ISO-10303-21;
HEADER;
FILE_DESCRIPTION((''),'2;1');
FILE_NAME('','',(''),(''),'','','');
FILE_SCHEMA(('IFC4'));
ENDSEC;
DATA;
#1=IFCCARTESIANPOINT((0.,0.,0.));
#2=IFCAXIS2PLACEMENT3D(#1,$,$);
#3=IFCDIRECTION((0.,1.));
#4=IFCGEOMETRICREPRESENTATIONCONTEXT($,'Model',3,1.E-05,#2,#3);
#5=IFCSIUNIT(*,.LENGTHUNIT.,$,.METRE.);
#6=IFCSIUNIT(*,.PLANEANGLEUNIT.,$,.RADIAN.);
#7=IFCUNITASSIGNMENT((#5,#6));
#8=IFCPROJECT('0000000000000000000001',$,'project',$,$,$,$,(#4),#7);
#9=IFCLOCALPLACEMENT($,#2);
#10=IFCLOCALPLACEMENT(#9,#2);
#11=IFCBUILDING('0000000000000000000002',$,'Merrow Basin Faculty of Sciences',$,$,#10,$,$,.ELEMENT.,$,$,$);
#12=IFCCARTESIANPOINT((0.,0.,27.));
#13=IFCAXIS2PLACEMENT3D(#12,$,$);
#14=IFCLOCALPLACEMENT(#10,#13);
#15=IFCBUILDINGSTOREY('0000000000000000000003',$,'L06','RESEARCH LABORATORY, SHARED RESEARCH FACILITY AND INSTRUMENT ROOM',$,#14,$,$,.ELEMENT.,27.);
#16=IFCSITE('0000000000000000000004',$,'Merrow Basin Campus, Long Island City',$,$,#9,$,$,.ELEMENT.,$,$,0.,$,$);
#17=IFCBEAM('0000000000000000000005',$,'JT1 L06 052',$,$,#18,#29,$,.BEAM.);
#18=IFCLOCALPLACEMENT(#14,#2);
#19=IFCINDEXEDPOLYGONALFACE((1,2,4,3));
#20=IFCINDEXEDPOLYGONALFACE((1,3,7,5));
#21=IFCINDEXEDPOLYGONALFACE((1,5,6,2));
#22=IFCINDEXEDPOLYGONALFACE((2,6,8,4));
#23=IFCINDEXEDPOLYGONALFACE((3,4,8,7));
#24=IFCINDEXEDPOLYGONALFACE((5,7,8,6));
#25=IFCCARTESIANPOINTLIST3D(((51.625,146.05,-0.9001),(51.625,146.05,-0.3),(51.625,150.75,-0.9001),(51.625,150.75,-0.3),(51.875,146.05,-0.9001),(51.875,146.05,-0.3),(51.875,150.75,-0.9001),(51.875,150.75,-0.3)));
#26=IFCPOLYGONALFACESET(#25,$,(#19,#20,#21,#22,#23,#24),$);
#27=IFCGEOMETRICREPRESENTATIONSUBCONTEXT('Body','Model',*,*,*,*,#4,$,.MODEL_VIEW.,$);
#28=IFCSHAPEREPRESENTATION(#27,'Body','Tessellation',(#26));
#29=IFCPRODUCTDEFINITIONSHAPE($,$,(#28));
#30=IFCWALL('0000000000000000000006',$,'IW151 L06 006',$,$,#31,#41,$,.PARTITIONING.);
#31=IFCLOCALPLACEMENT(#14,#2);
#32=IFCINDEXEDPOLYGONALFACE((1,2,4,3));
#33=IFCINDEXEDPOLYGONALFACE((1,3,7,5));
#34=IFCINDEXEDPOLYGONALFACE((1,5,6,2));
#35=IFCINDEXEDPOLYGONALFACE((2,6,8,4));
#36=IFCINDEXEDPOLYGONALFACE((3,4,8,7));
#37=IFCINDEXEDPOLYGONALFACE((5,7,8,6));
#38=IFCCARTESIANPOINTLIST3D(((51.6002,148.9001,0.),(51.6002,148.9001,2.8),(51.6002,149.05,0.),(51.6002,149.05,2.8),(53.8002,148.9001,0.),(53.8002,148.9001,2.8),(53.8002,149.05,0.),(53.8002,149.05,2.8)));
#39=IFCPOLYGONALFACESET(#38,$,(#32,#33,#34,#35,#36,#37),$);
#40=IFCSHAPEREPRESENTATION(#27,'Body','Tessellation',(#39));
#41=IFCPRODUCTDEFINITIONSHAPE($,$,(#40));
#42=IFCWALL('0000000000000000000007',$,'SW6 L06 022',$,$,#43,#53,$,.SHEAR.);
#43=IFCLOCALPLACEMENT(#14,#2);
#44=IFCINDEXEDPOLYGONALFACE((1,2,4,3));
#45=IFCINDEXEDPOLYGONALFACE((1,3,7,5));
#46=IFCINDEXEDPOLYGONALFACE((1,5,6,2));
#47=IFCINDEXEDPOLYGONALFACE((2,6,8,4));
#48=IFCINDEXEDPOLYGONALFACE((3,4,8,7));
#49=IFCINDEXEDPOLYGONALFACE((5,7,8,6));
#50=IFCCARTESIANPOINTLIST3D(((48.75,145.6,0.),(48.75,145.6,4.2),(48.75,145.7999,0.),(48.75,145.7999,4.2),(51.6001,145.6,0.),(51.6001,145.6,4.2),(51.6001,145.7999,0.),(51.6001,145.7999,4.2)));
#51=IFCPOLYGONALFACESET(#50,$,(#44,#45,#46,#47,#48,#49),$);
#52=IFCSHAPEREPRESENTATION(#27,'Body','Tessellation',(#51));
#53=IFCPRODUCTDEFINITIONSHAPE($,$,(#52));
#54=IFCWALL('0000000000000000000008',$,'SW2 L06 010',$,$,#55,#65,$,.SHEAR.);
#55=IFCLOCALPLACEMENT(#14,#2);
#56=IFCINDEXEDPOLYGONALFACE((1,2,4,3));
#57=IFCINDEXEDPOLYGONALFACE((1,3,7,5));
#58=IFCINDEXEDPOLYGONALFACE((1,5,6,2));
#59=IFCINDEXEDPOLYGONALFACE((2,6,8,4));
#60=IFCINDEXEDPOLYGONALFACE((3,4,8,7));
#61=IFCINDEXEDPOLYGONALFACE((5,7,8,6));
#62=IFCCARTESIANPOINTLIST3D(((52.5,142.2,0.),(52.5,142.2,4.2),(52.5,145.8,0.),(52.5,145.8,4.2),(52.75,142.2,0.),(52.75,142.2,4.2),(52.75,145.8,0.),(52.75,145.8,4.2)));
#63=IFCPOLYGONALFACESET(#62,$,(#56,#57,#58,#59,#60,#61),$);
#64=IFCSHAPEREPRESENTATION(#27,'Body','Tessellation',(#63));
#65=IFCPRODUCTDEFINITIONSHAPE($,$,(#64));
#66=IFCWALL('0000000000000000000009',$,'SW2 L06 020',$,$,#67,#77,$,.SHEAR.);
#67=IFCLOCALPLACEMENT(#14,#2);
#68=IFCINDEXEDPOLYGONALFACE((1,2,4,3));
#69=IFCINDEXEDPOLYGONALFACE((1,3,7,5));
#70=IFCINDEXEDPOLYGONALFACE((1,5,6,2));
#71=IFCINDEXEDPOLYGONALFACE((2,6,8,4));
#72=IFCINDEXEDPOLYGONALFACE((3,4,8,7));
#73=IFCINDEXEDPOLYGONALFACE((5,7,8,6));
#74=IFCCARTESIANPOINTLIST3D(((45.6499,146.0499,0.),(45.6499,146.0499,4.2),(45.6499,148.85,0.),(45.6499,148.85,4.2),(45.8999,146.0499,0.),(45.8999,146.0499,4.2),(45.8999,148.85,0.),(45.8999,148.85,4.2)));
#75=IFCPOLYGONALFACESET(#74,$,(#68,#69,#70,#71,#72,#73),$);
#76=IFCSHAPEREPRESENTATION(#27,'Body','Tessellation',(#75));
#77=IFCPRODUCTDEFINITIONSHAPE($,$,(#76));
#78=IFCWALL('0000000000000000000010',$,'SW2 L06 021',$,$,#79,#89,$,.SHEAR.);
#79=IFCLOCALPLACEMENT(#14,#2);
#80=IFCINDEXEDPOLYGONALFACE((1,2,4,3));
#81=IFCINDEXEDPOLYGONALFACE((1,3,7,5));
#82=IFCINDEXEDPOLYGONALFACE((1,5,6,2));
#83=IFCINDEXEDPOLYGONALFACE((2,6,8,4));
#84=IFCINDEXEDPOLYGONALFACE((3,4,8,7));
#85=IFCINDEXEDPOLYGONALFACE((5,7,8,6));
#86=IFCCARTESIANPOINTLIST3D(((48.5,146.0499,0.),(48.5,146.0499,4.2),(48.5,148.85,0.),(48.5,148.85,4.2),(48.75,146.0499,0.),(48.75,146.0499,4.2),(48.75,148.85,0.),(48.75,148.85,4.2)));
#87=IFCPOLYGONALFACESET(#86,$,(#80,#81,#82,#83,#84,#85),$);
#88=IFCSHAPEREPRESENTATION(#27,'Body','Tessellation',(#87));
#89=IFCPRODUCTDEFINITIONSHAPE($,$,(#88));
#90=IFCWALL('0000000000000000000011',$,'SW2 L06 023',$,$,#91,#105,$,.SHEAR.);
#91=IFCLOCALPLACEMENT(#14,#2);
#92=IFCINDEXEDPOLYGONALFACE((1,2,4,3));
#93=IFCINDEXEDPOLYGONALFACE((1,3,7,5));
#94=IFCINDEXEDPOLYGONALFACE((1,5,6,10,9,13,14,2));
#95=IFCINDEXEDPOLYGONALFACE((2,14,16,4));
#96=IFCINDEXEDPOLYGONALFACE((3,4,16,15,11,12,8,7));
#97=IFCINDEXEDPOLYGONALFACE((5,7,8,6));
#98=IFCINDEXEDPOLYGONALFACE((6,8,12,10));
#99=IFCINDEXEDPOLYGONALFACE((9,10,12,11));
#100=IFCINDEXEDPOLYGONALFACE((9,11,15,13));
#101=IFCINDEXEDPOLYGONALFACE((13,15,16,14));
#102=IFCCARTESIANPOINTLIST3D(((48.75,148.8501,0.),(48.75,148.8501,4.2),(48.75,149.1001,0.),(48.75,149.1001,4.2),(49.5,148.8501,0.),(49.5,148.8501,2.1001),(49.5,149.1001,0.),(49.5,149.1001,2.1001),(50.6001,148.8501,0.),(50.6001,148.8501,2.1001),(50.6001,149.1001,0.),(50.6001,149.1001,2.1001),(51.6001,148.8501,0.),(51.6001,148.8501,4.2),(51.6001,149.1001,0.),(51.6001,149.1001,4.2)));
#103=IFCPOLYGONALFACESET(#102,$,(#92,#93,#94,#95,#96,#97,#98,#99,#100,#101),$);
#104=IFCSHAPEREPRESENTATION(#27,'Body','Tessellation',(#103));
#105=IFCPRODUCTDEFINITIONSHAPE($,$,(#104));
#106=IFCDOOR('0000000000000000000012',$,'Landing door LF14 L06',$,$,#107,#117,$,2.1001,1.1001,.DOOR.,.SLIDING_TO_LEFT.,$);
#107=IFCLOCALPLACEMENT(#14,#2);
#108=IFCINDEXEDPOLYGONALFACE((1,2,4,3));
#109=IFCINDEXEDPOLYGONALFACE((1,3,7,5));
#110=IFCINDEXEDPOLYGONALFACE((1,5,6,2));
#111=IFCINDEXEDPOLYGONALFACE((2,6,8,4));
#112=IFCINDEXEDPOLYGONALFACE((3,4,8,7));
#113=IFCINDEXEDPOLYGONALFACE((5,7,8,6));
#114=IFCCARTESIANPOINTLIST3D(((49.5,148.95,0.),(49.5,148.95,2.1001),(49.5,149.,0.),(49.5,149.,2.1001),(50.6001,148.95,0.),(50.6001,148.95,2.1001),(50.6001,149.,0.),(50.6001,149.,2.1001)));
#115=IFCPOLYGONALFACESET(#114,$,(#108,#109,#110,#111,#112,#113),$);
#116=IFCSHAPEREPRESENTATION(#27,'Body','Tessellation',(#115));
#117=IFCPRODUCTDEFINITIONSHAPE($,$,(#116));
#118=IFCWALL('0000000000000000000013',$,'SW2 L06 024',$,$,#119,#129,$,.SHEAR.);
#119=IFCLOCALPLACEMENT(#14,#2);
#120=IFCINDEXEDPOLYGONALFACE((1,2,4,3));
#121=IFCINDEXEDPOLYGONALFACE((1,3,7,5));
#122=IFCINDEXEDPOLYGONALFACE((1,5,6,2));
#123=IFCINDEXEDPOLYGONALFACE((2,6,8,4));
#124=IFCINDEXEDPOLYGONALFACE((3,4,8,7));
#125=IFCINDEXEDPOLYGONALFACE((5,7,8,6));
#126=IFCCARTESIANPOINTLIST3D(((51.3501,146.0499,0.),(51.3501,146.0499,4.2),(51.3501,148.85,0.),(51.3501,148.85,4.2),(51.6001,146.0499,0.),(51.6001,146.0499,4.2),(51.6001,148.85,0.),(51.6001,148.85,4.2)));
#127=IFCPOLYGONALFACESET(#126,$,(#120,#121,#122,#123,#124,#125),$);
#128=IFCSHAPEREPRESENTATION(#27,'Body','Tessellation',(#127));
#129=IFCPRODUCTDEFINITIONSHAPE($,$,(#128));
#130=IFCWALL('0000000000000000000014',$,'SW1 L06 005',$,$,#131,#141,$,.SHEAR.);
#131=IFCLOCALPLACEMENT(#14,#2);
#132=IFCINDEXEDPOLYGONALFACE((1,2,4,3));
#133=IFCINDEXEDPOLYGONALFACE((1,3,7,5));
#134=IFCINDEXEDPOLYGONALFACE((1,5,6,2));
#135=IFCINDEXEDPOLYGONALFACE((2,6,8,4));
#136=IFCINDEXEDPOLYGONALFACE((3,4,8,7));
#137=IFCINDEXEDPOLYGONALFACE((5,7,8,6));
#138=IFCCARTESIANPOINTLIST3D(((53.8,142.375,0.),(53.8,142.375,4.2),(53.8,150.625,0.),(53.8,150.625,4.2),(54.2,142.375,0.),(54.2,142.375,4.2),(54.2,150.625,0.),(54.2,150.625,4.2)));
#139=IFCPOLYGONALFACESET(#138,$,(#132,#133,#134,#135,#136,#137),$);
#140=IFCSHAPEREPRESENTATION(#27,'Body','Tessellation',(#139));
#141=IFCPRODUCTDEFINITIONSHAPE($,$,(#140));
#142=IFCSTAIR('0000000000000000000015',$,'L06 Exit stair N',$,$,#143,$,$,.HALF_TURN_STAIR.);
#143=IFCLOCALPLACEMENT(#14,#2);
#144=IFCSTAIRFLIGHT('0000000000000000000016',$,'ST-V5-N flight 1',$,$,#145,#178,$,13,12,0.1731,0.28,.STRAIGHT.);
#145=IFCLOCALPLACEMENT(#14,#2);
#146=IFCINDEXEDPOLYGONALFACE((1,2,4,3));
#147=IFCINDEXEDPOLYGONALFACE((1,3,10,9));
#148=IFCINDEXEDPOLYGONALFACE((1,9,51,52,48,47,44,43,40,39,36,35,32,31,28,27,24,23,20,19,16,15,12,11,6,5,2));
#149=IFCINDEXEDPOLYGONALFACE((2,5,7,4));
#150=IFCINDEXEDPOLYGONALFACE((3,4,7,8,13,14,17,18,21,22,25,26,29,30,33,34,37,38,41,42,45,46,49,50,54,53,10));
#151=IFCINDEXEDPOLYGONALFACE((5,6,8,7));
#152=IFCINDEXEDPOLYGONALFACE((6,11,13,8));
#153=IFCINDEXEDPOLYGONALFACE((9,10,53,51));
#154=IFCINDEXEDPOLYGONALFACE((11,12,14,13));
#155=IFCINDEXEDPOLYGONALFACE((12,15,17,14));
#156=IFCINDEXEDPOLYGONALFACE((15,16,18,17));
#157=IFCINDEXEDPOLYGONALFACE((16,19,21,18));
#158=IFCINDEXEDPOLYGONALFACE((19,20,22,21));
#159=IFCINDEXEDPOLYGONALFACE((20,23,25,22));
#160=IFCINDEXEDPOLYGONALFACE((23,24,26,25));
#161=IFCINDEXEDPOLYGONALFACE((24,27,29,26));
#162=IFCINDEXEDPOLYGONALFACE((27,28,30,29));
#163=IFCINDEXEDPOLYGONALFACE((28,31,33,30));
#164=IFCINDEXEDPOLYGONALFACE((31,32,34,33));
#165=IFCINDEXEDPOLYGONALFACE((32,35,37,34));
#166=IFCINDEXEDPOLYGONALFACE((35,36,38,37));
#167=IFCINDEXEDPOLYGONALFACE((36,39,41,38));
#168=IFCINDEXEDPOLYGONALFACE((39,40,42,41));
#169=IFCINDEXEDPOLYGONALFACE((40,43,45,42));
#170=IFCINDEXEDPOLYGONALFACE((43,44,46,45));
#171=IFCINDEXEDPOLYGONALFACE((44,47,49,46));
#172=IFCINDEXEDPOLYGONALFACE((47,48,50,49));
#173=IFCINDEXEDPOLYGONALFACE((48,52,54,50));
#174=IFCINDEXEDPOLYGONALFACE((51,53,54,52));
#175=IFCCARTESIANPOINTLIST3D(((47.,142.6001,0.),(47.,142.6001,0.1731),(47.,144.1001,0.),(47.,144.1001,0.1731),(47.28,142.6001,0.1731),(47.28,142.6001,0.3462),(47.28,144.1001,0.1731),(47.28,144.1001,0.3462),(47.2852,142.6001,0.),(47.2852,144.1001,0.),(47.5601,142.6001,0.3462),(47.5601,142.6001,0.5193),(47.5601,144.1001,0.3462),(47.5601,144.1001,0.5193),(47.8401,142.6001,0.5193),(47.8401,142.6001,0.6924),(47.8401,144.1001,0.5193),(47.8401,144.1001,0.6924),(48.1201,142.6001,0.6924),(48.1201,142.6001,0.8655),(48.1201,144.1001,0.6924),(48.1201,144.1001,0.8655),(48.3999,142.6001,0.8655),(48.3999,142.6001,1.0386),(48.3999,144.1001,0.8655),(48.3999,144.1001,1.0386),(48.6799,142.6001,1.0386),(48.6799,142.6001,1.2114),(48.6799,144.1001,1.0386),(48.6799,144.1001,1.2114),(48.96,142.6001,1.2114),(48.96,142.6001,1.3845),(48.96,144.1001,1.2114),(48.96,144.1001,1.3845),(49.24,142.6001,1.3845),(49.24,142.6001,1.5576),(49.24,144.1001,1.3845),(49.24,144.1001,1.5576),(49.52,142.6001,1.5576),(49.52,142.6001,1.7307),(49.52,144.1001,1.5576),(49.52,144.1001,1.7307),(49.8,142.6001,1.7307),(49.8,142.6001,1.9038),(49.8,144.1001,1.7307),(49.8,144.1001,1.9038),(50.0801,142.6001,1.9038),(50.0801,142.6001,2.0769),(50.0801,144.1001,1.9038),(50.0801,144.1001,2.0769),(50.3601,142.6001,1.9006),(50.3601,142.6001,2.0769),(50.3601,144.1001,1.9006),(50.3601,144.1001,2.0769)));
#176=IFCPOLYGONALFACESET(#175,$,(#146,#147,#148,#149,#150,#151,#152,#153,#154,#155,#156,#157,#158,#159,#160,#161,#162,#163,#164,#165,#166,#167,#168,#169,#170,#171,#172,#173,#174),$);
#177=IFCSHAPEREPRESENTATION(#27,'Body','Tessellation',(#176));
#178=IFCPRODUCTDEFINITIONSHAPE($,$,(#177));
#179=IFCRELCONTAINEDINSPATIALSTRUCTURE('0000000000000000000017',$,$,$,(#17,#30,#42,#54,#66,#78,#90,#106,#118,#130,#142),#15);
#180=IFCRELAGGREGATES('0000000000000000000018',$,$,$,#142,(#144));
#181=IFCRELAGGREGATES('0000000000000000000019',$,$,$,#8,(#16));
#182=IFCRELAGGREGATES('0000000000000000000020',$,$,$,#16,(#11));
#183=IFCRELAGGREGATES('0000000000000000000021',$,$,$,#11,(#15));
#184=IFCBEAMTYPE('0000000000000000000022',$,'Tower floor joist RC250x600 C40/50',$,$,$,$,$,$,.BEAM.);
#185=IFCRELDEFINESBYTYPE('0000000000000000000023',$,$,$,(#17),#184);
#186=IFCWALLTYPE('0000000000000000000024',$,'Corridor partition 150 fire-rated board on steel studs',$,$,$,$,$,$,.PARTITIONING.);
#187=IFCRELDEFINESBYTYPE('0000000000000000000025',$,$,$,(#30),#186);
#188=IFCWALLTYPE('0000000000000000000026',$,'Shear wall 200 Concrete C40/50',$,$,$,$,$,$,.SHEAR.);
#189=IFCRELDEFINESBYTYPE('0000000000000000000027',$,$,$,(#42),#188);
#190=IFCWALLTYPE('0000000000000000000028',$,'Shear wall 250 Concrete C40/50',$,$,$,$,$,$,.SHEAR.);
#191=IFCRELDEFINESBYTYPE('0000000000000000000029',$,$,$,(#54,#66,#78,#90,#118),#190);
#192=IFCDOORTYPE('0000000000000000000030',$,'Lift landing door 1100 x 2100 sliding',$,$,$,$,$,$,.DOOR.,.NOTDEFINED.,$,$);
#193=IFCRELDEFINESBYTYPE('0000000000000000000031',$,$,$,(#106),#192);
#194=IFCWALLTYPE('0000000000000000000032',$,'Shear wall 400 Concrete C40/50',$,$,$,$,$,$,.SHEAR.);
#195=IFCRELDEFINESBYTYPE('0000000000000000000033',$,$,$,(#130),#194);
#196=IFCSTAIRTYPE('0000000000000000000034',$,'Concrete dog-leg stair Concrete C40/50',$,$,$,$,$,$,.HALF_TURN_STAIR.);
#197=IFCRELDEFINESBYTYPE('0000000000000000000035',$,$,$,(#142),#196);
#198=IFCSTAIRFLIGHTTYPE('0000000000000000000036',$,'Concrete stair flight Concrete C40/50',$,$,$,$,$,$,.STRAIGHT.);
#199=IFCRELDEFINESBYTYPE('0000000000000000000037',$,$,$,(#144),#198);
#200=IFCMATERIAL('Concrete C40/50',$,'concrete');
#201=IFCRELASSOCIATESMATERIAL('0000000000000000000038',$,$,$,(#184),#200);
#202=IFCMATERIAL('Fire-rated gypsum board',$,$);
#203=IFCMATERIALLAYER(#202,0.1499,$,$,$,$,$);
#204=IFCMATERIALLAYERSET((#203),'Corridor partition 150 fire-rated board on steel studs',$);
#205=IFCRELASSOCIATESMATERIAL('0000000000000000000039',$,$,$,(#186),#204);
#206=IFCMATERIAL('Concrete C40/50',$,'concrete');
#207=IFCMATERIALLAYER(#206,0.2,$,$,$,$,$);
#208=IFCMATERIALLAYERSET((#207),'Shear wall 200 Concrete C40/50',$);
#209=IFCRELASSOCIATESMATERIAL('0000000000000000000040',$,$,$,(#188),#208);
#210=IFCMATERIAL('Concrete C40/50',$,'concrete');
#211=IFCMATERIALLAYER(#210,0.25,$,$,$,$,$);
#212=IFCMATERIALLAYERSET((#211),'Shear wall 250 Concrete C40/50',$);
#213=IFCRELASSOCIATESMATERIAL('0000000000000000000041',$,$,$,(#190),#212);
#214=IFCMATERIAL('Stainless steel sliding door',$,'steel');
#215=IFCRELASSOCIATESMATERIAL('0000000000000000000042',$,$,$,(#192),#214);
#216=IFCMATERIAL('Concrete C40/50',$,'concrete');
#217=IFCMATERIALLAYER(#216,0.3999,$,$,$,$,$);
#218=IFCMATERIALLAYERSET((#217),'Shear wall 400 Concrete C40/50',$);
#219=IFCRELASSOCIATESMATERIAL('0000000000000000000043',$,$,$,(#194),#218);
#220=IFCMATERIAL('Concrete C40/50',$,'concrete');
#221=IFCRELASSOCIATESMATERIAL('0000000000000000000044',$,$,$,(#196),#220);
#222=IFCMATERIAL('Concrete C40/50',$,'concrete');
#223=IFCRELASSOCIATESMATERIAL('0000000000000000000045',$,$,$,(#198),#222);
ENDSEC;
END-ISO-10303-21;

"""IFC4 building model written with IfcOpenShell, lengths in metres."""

from ifc_helpers import new_model, si_unit, direction, frame, frame_2d, origin, origin_2d, place, context, subcontext, project, spatial, polyline, rectangle, outline, extrude, material, layer, layer_set, material_profile, profile_set, type_object, element, fill, aggregate, save


model = new_model("IFC4")

# Units and contexts
model_context = context("Model", 3, precision=1e-05, world=origin(), true_north=direction((0.0, 1.0)))
body_context = subcontext(model_context, "Body", "Model", "MODEL_VIEW")
ifc_project = project(units=[si_unit("LENGTHUNIT", "METRE"), si_unit("PLANEANGLEUNIT", "RADIAN")], contexts=[model_context])

# Site, building, storey
site_placement = place(None, origin())
site = spatial("IfcSite", under=ifc_project, at=site_placement, Name="Merrow Basin Campus, Long Island City", CompositionType="ELEMENT", RefElevation=0.0)
building_placement = place(site_placement, origin())
building = spatial("IfcBuilding", under=site, at=building_placement, Name="Merrow Basin Faculty of Sciences", CompositionType="ELEMENT")
storey_placement = place(building_placement, frame((0.0, 0.0, 27.0)))
storey = spatial("IfcBuildingStorey", under=building, at=storey_placement, Name="L06", Description="RESEARCH LABORATORY, SHARED RESEARCH FACILITY AND INSTRUMENT ROOM", CompositionType="ELEMENT", Elevation=27.0)

# Beam
ifc_material_1 = material(Name="Concrete C40/50", Category="concrete")
ifc_material_profile = material_profile(ifc_material_1, rectangle(XDim=0.25, YDim=0.6001, at=origin_2d()))
ifc_profile_set = profile_set([ifc_material_profile], Name="Concrete C40/50")
beam_type = type_object("IfcBeamType", Name="Tower floor joist RC250x600 C40/50", PredefinedType="BEAM", material=ifc_profile_set)
beam_placement = place(storey_placement, frame((51.75, 146.05, -0.6001), z_axis=(0.0, 1.0, 0.0), x_axis=(-1.0, 0.0, 0.0)))
element("IfcBeam", 1, at=beam_placement, inside=storey, type_object=beam_type, Name="JT1 L06 052", PredefinedType="BEAM", context=body_context, shape_type="SweptSolid", body=[
    extrude(rectangle(XDim=0.25, YDim=0.6001, at=origin_2d()), origin(), (0.0, 0.0, 1.0), 4.7),
])

# Walls
ifc_material_2 = material(Name="Fire-rated gypsum board")
ifc_layer_1 = layer(ifc_material_2, 0.1499)
ifc_layer_set_1 = layer_set([ifc_layer_1], Name="Corridor partition 150 fire-rated board on steel studs")
wall_type_1 = type_object("IfcWallType", Name="Corridor partition 150 fire-rated board on steel studs", PredefinedType="PARTITIONING", material=ifc_layer_set_1)
wall_1_placement = place(storey_placement, frame((51.6001, 148.9751, 0.0), z_axis=(0.0, 0.0, 1.0), x_axis=(1.0, 0.0, 0.0)))
element("IfcWall", 2, at=wall_1_placement, inside=storey, type_object=wall_type_1, Name="IW151 L06 006", PredefinedType="PARTITIONING", context=body_context, shape_type="SweptSolid", body=[
    extrude(rectangle(XDim=2.2, YDim=0.1499, at=frame_2d((1.1001, 0.0))), origin(), (0.0, 0.0, 1.0), 2.8),
])
ifc_material_3 = material(Name="Concrete C40/50", Category="concrete")
ifc_layer_2 = layer(ifc_material_3, 0.2)
ifc_layer_set_2 = layer_set([ifc_layer_2], Name="Shear wall 200 Concrete C40/50")
wall_type_2 = type_object("IfcWallType", Name="Shear wall 200 Concrete C40/50", PredefinedType="SHEAR", material=ifc_layer_set_2)
wall_2_placement = place(storey_placement, frame((48.75, 145.7, 0.0), z_axis=(0.0, 0.0, 1.0), x_axis=(1.0, 0.0, 0.0)))
element("IfcWall", 3, at=wall_2_placement, inside=storey, type_object=wall_type_2, Name="SW6 L06 022", PredefinedType="SHEAR", context=body_context, shape_type="SweptSolid", body=[
    extrude(rectangle(XDim=2.8501, YDim=0.2, at=frame_2d((1.425, 0.0))), origin(), (0.0, 0.0, 1.0), 4.2),
])
ifc_material_4 = material(Name="Concrete C40/50", Category="concrete")
ifc_layer_3 = layer(ifc_material_4, 0.25)
ifc_layer_set_3 = layer_set([ifc_layer_3], Name="Shear wall 250 Concrete C40/50")
wall_type_3 = type_object("IfcWallType", Name="Shear wall 250 Concrete C40/50", PredefinedType="SHEAR", material=ifc_layer_set_3)
wall_3_placement = place(storey_placement, frame((52.625, 142.2, 0.0), z_axis=(0.0, 0.0, 1.0), x_axis=(0.0, 1.0, 0.0)))
element("IfcWall", 4, at=wall_3_placement, inside=storey, type_object=wall_type_3, Name="SW2 L06 010", PredefinedType="SHEAR", context=body_context, shape_type="SweptSolid", body=[
    extrude(rectangle(XDim=3.6001, YDim=0.25, at=frame_2d((1.8, 0.0))), origin(), (0.0, 0.0, 1.0), 4.2),
])
for number, where, z_axis, x_axis, name in (
    (5, (45.7749, 146.05, 0.0), (0.0, 0.0, 1.0), (0.0, 1.0, 0.0), "SW2 L06 020"),
    (6, (48.625, 146.05, 0.0), (0.0, 0.0, 1.0), (0.0, 1.0, 0.0), "SW2 L06 021"),
):
    element("IfcWall", number, at=place(storey_placement, frame(where, z_axis=z_axis, x_axis=x_axis)), inside=storey, type_object=wall_type_3, Name=name, PredefinedType="SHEAR", context=body_context, shape_type="SweptSolid", body=[
        extrude(rectangle(XDim=2.8, YDim=0.25, at=frame_2d((1.3999, 0.0))), origin(), (0.0, 0.0, 1.0), 4.2),
    ])

# Wall, opening, door
wall_4_placement = place(storey_placement, frame((48.75, 148.9751, 0.0), z_axis=(0.0, 0.0, 1.0), x_axis=(1.0, 0.0, 0.0)))
wall_4 = element("IfcWall", 7, at=wall_4_placement, inside=storey, type_object=wall_type_3, Name="SW2 L06 023", PredefinedType="SHEAR", context=body_context, shape_type="SweptSolid", body=[
    extrude(rectangle(XDim=2.8501, YDim=0.25, at=frame_2d((1.425, 0.0))), origin(), (0.0, 0.0, 1.0), 4.2),
])
opening_placement = place(wall_4_placement, frame((0.75, 0.0, 0.0)))
opening = element("IfcOpeningElement", 8, at=opening_placement, cuts=wall_4, PredefinedType="OPENING", context=body_context, shape_type="SweptSolid", body=[
    extrude(rectangle(XDim=1.1001, YDim=2.1001, at=frame_2d((0.55, 1.05))), frame((0.0, 0.135, 0.0), z_axis=(0.0, -1.0, 0.0), x_axis=(1.0, 0.0, 0.0)), (0.0, 0.0, 1.0), 0.27),
])
ifc_material_5 = material(Name="Stainless steel sliding door", Category="steel")
door_type = type_object("IfcDoorType", Name="Lift landing door 1100 x 2100 sliding", OperationType="NOTDEFINED", PredefinedType="DOOR", material=ifc_material_5)
door_placement = place(opening_placement, origin())
door = element("IfcDoor", 9, at=door_placement, inside=storey, type_object=door_type, Name="Landing door LF14 L06", OperationType="SLIDING_TO_LEFT", OverallHeight=2.1001, OverallWidth=1.1001, PredefinedType="DOOR", context=body_context, shape_type="SweptSolid", body=[
    extrude(rectangle(XDim=1.1001, YDim=2.1001, at=frame_2d((0.55, 1.05))), frame((0.0, 0.0249, 0.0), z_axis=(0.0, -1.0, 0.0), x_axis=(1.0, 0.0, 0.0)), (0.0, 0.0, 1.0), 0.05),
])
fill(opening, door)

# Walls
wall_5_placement = place(storey_placement, frame((51.4751, 146.05, 0.0), z_axis=(0.0, 0.0, 1.0), x_axis=(0.0, 1.0, 0.0)))
element("IfcWall", 10, at=wall_5_placement, inside=storey, type_object=wall_type_3, Name="SW2 L06 024", PredefinedType="SHEAR", context=body_context, shape_type="SweptSolid", body=[
    extrude(rectangle(XDim=2.8, YDim=0.25, at=frame_2d((1.3999, 0.0))), origin(), (0.0, 0.0, 1.0), 4.2),
])
ifc_material_6 = material(Name="Concrete C40/50", Category="concrete")
ifc_layer_4 = layer(ifc_material_6, 0.3999)
ifc_layer_set_4 = layer_set([ifc_layer_4], Name="Shear wall 400 Concrete C40/50")
wall_type_4 = type_object("IfcWallType", Name="Shear wall 400 Concrete C40/50", PredefinedType="SHEAR", material=ifc_layer_set_4)
wall_6_placement = place(storey_placement, frame((54.0, 142.375, 0.0), z_axis=(0.0, 0.0, 1.0), x_axis=(0.0, 1.0, 0.0)))
element("IfcWall", 11, at=wall_6_placement, inside=storey, type_object=wall_type_4, Name="SW1 L06 005", PredefinedType="SHEAR", context=body_context, shape_type="SweptSolid", body=[
    extrude(rectangle(XDim=8.25, YDim=0.3999, at=frame_2d((4.125, 0.0))), origin(), (0.0, 0.0, 1.0), 4.2),
])

# Stair, stair flight
ifc_material_7 = material(Name="Concrete C40/50", Category="concrete")
stair_type = type_object("IfcStairType", Name="Concrete dog-leg stair Concrete C40/50", PredefinedType="HALF_TURN_STAIR", material=ifc_material_7)
stair_placement = place(storey_placement, origin())
stair = element("IfcStair", 12, at=stair_placement, inside=storey, type_object=stair_type, Name="L06 Exit stair N", PredefinedType="HALF_TURN_STAIR")
ifc_material_8 = material(Name="Concrete C40/50", Category="concrete")
stair_flight_type = type_object("IfcStairFlightType", Name="Concrete stair flight Concrete C40/50", PredefinedType="STRAIGHT", material=ifc_material_8)
stair_flight_1_placement = place(storey_placement, frame((47.0, 143.3501, 0.0), z_axis=(0.0, 0.0, 1.0), x_axis=(1.0, 0.0, 0.0)))
stair_flight_1 = element("IfcStairFlight", 13, at=stair_flight_1_placement, type_object=stair_flight_type, Name="ST-V5-N flight 1", NumberOfRisers=13, NumberOfTreads=12, PredefinedType="STRAIGHT", RiserHeight=0.1731, TreadLength=0.28, context=body_context, shape_type="SweptSolid", body=[
    extrude(outline(polyline([(0.0, 0.0), (0.0, 0.1731), (0.28, 0.1731), (0.28, 0.3462), (0.5601, 0.3462), (0.5601, 0.5193), (0.8401, 0.5193), (0.8401, 0.6924), (1.1201, 0.6924), (1.1201, 0.8655), (1.3999, 0.8655), (1.3999, 1.0386), (1.6799, 1.0386), (1.6799, 1.2114), (1.96, 1.2114), (1.96, 1.3845), (2.24, 1.3845), (2.24, 1.5576), (2.52, 1.5576), (2.52, 1.7307), (2.8, 1.7307), (2.8, 1.9038), (3.0801, 1.9038), (3.0801, 2.0769), (3.3601, 2.0769), (3.3601, 2.25), (3.3601, 1.9006), (0.2852, 0.0), (0.0, 0.0)])), frame((0.0, 0.75, 0.0), z_axis=(0.0, -1.0, 0.0), x_axis=(1.0, 0.0, 0.0)), (0.0, 0.0, 1.0), 1.5),
])
aggregate(stair, [stair_flight_1])

save(model, "model.ifc")
